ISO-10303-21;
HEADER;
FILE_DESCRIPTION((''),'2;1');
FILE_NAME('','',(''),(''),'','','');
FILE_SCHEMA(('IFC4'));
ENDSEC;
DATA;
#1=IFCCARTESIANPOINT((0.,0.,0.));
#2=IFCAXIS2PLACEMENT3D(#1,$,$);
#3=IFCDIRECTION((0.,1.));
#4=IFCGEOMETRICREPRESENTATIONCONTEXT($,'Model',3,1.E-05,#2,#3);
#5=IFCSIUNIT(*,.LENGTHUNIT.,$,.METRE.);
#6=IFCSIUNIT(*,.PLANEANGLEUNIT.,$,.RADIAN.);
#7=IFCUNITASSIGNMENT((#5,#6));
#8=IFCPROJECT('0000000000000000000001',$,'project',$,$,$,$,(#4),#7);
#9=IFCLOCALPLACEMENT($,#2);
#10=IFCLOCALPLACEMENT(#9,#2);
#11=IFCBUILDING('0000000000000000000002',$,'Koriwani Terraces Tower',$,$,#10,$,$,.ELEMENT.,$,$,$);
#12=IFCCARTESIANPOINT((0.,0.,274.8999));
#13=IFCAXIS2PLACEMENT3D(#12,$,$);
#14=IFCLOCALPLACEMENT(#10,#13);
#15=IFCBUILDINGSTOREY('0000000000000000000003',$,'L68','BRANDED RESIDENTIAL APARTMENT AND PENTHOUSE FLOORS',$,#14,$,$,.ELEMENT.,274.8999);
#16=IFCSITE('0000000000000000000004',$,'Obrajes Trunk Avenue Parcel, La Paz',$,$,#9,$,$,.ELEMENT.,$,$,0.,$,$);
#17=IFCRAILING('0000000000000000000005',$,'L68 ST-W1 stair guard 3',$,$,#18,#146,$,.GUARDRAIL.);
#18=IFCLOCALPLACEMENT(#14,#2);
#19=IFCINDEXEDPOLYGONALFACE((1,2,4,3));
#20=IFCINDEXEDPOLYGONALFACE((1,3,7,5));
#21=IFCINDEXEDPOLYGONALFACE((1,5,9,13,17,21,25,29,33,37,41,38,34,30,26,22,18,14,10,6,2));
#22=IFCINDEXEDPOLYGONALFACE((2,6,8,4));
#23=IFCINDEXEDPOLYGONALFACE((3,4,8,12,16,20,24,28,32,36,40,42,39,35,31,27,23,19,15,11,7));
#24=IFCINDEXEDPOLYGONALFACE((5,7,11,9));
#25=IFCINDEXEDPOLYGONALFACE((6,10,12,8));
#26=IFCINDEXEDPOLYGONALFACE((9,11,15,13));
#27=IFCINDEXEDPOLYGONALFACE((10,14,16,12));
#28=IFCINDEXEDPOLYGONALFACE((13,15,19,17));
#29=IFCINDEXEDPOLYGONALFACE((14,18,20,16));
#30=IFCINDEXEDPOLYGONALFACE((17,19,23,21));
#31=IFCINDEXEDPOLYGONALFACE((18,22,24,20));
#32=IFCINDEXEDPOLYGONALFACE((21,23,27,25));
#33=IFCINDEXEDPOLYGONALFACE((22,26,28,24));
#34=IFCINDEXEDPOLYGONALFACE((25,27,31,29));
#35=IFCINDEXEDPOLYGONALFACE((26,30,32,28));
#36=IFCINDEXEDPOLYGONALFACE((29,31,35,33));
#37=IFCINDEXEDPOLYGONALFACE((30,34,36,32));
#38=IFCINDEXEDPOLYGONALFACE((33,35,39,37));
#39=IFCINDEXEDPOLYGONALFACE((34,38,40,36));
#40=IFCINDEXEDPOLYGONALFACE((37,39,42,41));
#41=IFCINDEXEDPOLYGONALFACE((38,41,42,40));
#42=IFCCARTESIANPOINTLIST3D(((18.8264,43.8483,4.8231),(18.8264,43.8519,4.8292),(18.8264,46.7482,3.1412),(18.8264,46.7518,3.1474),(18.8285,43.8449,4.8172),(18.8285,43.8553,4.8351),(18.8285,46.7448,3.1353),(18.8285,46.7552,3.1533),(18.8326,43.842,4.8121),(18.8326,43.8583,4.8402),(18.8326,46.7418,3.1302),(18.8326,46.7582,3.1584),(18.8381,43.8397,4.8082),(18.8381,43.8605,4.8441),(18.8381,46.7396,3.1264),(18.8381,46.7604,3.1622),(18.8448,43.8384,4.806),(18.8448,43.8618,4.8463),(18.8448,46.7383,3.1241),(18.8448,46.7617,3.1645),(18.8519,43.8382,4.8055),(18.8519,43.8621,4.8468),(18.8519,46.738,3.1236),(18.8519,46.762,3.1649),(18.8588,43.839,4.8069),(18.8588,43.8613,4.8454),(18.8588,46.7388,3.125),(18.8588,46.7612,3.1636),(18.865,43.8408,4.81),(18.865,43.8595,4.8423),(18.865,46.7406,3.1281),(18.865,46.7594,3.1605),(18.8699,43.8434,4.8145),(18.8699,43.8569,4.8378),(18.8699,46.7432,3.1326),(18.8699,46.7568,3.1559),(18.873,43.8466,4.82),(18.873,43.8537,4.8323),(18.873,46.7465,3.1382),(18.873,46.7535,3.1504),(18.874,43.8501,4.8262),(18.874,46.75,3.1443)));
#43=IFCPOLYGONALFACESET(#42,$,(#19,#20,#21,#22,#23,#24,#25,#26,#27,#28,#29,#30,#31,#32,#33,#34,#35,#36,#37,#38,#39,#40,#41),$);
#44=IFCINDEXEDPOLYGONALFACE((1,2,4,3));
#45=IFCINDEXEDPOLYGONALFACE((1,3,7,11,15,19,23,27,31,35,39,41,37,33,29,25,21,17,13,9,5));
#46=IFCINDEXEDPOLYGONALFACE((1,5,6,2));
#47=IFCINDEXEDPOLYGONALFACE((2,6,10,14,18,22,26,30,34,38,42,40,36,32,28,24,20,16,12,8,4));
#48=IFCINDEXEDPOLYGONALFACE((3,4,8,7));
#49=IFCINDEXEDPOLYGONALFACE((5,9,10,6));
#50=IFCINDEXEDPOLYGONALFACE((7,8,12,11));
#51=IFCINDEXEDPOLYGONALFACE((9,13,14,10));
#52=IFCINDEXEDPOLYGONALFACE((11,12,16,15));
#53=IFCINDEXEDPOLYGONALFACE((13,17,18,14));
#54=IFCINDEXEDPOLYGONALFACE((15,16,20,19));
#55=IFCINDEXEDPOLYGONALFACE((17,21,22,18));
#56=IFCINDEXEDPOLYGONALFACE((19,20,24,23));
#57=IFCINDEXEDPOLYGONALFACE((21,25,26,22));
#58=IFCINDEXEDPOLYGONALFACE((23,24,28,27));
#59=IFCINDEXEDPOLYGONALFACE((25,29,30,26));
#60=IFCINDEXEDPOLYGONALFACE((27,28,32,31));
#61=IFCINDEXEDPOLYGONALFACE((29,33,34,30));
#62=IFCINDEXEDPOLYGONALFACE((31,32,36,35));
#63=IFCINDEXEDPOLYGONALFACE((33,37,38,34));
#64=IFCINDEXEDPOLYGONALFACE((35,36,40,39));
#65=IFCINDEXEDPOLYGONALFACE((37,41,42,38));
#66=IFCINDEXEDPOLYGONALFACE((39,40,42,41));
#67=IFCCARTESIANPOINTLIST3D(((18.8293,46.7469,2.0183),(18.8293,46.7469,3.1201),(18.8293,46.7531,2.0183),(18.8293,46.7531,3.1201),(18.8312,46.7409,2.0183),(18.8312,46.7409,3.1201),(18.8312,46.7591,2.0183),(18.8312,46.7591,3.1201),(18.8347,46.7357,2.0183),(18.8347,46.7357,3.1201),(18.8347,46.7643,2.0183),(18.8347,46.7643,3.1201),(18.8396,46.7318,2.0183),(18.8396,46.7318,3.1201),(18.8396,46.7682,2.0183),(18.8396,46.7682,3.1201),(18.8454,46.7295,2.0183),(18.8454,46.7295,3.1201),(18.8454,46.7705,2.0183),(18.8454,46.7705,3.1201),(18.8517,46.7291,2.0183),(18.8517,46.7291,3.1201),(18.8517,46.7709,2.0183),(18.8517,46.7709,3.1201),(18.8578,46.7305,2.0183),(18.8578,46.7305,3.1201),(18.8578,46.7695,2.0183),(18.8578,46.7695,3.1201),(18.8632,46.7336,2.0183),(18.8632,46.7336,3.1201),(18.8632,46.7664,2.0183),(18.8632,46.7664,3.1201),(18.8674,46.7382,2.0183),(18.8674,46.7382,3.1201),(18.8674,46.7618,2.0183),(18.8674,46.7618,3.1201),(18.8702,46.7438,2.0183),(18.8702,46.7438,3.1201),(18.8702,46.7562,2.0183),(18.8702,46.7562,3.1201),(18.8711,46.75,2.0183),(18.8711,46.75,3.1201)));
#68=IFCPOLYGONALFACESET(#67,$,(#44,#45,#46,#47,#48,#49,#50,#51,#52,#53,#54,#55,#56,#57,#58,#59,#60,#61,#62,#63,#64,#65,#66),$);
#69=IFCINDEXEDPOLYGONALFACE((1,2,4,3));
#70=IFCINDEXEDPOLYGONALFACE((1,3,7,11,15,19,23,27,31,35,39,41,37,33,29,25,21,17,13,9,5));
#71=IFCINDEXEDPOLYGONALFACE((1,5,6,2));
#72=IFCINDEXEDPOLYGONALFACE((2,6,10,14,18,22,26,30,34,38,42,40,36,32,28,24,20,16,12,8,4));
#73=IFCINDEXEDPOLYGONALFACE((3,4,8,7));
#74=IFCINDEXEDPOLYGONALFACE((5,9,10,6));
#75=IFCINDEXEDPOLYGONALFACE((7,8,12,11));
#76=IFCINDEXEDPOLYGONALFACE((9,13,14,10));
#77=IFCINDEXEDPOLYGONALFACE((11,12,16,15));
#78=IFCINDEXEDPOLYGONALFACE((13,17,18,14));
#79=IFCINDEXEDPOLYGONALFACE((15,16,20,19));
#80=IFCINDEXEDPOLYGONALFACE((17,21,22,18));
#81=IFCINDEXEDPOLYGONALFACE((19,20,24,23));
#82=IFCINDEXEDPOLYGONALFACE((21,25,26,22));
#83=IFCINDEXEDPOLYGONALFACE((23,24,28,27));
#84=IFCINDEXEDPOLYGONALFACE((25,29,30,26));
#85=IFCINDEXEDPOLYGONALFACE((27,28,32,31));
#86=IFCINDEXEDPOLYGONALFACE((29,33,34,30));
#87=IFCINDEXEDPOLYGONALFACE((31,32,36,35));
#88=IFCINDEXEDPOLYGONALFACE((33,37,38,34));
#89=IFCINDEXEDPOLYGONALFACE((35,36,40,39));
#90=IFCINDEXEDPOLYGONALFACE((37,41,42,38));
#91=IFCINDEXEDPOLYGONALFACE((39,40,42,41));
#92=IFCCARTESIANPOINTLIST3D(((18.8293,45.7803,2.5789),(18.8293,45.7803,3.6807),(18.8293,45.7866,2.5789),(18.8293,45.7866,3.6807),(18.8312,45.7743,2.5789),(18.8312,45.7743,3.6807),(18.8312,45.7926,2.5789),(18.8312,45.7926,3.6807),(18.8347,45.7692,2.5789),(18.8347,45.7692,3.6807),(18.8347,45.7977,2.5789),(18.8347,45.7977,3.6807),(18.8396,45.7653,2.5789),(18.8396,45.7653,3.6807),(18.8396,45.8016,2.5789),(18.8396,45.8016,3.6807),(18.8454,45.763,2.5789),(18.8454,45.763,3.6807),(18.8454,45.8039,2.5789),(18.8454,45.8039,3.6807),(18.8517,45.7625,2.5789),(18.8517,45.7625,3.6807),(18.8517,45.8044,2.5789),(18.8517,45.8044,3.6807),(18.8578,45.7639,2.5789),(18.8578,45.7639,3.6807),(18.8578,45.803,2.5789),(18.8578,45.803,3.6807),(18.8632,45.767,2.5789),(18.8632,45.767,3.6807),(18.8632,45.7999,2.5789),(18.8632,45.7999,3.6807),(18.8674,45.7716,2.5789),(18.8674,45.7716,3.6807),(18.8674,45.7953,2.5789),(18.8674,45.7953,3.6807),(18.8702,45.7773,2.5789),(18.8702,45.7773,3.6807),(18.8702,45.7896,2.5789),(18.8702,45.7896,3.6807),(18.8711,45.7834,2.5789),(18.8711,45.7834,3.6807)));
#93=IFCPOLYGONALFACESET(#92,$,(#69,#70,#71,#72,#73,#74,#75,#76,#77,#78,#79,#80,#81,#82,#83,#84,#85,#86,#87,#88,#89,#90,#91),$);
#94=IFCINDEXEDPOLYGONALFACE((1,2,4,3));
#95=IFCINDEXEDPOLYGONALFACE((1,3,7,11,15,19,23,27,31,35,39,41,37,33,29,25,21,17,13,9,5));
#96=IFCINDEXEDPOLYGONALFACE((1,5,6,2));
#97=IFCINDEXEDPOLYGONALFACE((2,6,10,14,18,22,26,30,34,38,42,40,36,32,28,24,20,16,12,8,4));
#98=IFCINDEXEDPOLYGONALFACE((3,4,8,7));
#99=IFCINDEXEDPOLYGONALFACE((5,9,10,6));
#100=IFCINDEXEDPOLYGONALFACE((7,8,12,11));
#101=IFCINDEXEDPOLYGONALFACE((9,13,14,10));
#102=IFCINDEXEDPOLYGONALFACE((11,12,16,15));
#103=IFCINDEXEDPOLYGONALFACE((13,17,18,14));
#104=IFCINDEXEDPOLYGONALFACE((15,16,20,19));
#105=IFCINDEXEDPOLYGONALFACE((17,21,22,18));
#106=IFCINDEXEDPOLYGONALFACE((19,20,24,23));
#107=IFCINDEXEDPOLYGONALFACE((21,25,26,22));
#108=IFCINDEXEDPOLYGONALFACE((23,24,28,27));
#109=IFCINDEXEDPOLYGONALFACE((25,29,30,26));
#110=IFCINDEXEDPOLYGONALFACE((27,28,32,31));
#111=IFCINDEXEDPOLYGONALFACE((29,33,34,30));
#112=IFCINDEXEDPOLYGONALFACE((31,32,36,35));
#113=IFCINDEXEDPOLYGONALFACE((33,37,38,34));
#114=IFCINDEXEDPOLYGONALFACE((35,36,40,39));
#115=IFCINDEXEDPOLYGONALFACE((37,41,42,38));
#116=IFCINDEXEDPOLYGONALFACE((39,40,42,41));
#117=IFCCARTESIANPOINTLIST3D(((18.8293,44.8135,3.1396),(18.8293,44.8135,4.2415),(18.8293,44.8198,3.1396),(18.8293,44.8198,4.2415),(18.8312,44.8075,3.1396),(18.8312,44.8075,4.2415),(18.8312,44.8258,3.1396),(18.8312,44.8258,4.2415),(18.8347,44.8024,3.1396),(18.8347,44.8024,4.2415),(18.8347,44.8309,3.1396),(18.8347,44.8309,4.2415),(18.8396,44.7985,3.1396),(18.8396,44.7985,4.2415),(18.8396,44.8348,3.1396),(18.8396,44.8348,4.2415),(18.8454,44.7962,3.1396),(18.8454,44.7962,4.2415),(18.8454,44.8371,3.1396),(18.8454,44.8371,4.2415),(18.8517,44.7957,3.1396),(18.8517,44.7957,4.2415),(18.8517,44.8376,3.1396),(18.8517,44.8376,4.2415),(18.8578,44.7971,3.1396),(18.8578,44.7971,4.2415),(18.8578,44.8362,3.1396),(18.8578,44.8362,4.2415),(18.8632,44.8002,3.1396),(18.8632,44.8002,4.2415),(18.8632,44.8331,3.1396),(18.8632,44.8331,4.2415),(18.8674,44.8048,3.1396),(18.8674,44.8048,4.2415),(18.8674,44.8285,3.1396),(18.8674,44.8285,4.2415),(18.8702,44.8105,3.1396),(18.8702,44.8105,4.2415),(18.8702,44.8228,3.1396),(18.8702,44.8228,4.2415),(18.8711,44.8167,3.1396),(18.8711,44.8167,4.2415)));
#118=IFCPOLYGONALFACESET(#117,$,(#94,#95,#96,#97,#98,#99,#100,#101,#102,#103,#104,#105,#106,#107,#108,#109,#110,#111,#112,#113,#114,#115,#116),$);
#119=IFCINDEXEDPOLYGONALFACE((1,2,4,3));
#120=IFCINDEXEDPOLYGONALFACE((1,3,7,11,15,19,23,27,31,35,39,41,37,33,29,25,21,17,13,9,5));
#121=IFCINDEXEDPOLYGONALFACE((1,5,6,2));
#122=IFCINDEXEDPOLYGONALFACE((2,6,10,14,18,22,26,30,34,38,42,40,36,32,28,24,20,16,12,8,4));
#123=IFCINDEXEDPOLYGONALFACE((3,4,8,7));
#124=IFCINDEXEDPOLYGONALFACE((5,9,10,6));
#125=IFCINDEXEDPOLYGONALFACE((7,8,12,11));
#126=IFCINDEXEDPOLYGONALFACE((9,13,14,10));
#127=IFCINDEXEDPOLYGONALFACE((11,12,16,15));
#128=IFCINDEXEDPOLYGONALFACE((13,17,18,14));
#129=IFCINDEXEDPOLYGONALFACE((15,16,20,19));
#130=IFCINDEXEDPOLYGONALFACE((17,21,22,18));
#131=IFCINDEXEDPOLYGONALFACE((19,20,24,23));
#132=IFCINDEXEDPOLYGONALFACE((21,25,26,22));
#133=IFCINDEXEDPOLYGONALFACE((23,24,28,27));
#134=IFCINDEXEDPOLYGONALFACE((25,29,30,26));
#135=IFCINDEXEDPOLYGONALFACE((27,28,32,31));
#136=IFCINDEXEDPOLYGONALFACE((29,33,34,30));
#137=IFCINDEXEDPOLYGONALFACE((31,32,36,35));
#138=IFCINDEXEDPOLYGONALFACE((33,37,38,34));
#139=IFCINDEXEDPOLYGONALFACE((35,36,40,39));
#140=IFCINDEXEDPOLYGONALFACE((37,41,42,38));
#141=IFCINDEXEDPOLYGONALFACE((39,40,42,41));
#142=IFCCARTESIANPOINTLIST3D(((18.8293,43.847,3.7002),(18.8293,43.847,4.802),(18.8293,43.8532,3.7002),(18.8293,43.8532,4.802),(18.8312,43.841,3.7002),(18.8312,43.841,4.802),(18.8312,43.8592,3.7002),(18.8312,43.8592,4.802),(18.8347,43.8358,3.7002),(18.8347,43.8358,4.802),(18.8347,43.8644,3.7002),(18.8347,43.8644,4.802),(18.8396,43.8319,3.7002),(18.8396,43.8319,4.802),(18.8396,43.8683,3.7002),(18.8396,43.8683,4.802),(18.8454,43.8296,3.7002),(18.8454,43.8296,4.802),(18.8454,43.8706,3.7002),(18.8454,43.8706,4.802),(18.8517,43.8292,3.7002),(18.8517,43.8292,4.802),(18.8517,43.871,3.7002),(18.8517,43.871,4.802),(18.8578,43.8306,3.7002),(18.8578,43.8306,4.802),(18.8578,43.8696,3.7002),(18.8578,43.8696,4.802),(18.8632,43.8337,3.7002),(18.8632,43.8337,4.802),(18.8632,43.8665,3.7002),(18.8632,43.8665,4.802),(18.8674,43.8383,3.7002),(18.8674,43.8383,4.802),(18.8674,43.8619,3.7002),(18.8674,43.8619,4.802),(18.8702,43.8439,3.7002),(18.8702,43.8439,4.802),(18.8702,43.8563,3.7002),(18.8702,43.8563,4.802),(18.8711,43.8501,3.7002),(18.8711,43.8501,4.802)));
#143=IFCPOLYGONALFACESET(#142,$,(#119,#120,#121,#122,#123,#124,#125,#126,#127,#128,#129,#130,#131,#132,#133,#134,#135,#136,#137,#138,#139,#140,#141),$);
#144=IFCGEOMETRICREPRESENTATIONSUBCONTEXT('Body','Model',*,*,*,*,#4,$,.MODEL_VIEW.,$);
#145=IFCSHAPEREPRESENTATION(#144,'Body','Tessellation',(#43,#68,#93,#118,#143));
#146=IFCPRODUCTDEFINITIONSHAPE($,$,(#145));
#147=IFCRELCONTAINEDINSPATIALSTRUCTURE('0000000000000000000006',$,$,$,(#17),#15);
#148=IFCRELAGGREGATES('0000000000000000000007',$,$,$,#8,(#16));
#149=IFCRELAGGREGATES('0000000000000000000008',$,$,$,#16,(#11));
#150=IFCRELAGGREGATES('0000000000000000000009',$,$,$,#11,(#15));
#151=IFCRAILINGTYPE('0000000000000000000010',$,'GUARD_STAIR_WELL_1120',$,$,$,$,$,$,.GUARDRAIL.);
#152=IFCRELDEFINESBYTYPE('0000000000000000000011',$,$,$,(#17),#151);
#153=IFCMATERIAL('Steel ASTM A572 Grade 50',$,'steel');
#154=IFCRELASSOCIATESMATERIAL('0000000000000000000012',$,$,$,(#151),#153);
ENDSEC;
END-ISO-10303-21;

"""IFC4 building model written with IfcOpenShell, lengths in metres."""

from ifc_helpers import new_model, si_unit, direction, frame, origin, origin_2d, place, context, subcontext, project, spatial, circle, extrude, material, type_object, element, save


model = new_model("IFC4")

# Units and contexts
model_context = context("Model", 3, precision=1e-05, world=origin(), true_north=direction((0.0, 1.0)))
body_context = subcontext(model_context, "Body", "Model", "MODEL_VIEW")
ifc_project = project(units=[si_unit("LENGTHUNIT", "METRE"), si_unit("PLANEANGLEUNIT", "RADIAN")], contexts=[model_context])

# Site, building, storey
site_placement = place(None, origin())
site = spatial("IfcSite", under=ifc_project, at=site_placement, Name="Obrajes Trunk Avenue Parcel, La Paz", CompositionType="ELEMENT", RefElevation=0.0)
building_placement = place(site_placement, origin())
building = spatial("IfcBuilding", under=site, at=building_placement, Name="Koriwani Terraces Tower", CompositionType="ELEMENT")
storey_placement = place(building_placement, frame((0.0, 0.0, 274.8999)))
storey = spatial("IfcBuildingStorey", under=building, at=storey_placement, Name="L68", Description="BRANDED RESIDENTIAL APARTMENT AND PENTHOUSE FLOORS", CompositionType="ELEMENT", Elevation=274.8999)

# Railing
ifc_material_1 = material(Name="Steel ASTM A572 Grade 50", Category="steel")
railing_type_1 = type_object("IfcRailingType", Name="GUARD_STAIR_WELL_1120", PredefinedType="GUARDRAIL", material=ifc_material_1)
railing_1_placement = place(storey_placement, frame((18.8501, 46.75, 2.0183)))
element("IfcRailing", 1, at=railing_1_placement, inside=storey, type_object=railing_type_1, Name="L68 ST-W1 stair guard 3", PredefinedType="GUARDRAIL", context=body_context, shape_type="SweptSolid", body=[
    extrude(circle(Radius=0.0239, at=origin_2d()), frame((0.0, 0.0, 1.126), z_axis=(0.0, -0.865039, 0.501705), x_axis=(1.0, 0.0, 0.0)), (0.0, 0.0, 1.0), 3.3523),
    extrude(circle(Radius=0.021, at=origin_2d()), origin(), (0.0, 0.0, 1.0), 1.1018),
    extrude(circle(Radius=0.021, at=origin_2d()), frame((0.0, -0.9666, 0.5605)), (0.0, 0.0, 1.0), 1.1018),
    extrude(circle(Radius=0.021, at=origin_2d()), frame((0.0, -1.9333, 1.1213)), (0.0, 0.0, 1.0), 1.1018),
    extrude(circle(Radius=0.021, at=origin_2d()), frame((0.0, -2.8999, 1.6819)), (0.0, 0.0, 1.0), 1.1018),
])

save(model, "model.ifc")
